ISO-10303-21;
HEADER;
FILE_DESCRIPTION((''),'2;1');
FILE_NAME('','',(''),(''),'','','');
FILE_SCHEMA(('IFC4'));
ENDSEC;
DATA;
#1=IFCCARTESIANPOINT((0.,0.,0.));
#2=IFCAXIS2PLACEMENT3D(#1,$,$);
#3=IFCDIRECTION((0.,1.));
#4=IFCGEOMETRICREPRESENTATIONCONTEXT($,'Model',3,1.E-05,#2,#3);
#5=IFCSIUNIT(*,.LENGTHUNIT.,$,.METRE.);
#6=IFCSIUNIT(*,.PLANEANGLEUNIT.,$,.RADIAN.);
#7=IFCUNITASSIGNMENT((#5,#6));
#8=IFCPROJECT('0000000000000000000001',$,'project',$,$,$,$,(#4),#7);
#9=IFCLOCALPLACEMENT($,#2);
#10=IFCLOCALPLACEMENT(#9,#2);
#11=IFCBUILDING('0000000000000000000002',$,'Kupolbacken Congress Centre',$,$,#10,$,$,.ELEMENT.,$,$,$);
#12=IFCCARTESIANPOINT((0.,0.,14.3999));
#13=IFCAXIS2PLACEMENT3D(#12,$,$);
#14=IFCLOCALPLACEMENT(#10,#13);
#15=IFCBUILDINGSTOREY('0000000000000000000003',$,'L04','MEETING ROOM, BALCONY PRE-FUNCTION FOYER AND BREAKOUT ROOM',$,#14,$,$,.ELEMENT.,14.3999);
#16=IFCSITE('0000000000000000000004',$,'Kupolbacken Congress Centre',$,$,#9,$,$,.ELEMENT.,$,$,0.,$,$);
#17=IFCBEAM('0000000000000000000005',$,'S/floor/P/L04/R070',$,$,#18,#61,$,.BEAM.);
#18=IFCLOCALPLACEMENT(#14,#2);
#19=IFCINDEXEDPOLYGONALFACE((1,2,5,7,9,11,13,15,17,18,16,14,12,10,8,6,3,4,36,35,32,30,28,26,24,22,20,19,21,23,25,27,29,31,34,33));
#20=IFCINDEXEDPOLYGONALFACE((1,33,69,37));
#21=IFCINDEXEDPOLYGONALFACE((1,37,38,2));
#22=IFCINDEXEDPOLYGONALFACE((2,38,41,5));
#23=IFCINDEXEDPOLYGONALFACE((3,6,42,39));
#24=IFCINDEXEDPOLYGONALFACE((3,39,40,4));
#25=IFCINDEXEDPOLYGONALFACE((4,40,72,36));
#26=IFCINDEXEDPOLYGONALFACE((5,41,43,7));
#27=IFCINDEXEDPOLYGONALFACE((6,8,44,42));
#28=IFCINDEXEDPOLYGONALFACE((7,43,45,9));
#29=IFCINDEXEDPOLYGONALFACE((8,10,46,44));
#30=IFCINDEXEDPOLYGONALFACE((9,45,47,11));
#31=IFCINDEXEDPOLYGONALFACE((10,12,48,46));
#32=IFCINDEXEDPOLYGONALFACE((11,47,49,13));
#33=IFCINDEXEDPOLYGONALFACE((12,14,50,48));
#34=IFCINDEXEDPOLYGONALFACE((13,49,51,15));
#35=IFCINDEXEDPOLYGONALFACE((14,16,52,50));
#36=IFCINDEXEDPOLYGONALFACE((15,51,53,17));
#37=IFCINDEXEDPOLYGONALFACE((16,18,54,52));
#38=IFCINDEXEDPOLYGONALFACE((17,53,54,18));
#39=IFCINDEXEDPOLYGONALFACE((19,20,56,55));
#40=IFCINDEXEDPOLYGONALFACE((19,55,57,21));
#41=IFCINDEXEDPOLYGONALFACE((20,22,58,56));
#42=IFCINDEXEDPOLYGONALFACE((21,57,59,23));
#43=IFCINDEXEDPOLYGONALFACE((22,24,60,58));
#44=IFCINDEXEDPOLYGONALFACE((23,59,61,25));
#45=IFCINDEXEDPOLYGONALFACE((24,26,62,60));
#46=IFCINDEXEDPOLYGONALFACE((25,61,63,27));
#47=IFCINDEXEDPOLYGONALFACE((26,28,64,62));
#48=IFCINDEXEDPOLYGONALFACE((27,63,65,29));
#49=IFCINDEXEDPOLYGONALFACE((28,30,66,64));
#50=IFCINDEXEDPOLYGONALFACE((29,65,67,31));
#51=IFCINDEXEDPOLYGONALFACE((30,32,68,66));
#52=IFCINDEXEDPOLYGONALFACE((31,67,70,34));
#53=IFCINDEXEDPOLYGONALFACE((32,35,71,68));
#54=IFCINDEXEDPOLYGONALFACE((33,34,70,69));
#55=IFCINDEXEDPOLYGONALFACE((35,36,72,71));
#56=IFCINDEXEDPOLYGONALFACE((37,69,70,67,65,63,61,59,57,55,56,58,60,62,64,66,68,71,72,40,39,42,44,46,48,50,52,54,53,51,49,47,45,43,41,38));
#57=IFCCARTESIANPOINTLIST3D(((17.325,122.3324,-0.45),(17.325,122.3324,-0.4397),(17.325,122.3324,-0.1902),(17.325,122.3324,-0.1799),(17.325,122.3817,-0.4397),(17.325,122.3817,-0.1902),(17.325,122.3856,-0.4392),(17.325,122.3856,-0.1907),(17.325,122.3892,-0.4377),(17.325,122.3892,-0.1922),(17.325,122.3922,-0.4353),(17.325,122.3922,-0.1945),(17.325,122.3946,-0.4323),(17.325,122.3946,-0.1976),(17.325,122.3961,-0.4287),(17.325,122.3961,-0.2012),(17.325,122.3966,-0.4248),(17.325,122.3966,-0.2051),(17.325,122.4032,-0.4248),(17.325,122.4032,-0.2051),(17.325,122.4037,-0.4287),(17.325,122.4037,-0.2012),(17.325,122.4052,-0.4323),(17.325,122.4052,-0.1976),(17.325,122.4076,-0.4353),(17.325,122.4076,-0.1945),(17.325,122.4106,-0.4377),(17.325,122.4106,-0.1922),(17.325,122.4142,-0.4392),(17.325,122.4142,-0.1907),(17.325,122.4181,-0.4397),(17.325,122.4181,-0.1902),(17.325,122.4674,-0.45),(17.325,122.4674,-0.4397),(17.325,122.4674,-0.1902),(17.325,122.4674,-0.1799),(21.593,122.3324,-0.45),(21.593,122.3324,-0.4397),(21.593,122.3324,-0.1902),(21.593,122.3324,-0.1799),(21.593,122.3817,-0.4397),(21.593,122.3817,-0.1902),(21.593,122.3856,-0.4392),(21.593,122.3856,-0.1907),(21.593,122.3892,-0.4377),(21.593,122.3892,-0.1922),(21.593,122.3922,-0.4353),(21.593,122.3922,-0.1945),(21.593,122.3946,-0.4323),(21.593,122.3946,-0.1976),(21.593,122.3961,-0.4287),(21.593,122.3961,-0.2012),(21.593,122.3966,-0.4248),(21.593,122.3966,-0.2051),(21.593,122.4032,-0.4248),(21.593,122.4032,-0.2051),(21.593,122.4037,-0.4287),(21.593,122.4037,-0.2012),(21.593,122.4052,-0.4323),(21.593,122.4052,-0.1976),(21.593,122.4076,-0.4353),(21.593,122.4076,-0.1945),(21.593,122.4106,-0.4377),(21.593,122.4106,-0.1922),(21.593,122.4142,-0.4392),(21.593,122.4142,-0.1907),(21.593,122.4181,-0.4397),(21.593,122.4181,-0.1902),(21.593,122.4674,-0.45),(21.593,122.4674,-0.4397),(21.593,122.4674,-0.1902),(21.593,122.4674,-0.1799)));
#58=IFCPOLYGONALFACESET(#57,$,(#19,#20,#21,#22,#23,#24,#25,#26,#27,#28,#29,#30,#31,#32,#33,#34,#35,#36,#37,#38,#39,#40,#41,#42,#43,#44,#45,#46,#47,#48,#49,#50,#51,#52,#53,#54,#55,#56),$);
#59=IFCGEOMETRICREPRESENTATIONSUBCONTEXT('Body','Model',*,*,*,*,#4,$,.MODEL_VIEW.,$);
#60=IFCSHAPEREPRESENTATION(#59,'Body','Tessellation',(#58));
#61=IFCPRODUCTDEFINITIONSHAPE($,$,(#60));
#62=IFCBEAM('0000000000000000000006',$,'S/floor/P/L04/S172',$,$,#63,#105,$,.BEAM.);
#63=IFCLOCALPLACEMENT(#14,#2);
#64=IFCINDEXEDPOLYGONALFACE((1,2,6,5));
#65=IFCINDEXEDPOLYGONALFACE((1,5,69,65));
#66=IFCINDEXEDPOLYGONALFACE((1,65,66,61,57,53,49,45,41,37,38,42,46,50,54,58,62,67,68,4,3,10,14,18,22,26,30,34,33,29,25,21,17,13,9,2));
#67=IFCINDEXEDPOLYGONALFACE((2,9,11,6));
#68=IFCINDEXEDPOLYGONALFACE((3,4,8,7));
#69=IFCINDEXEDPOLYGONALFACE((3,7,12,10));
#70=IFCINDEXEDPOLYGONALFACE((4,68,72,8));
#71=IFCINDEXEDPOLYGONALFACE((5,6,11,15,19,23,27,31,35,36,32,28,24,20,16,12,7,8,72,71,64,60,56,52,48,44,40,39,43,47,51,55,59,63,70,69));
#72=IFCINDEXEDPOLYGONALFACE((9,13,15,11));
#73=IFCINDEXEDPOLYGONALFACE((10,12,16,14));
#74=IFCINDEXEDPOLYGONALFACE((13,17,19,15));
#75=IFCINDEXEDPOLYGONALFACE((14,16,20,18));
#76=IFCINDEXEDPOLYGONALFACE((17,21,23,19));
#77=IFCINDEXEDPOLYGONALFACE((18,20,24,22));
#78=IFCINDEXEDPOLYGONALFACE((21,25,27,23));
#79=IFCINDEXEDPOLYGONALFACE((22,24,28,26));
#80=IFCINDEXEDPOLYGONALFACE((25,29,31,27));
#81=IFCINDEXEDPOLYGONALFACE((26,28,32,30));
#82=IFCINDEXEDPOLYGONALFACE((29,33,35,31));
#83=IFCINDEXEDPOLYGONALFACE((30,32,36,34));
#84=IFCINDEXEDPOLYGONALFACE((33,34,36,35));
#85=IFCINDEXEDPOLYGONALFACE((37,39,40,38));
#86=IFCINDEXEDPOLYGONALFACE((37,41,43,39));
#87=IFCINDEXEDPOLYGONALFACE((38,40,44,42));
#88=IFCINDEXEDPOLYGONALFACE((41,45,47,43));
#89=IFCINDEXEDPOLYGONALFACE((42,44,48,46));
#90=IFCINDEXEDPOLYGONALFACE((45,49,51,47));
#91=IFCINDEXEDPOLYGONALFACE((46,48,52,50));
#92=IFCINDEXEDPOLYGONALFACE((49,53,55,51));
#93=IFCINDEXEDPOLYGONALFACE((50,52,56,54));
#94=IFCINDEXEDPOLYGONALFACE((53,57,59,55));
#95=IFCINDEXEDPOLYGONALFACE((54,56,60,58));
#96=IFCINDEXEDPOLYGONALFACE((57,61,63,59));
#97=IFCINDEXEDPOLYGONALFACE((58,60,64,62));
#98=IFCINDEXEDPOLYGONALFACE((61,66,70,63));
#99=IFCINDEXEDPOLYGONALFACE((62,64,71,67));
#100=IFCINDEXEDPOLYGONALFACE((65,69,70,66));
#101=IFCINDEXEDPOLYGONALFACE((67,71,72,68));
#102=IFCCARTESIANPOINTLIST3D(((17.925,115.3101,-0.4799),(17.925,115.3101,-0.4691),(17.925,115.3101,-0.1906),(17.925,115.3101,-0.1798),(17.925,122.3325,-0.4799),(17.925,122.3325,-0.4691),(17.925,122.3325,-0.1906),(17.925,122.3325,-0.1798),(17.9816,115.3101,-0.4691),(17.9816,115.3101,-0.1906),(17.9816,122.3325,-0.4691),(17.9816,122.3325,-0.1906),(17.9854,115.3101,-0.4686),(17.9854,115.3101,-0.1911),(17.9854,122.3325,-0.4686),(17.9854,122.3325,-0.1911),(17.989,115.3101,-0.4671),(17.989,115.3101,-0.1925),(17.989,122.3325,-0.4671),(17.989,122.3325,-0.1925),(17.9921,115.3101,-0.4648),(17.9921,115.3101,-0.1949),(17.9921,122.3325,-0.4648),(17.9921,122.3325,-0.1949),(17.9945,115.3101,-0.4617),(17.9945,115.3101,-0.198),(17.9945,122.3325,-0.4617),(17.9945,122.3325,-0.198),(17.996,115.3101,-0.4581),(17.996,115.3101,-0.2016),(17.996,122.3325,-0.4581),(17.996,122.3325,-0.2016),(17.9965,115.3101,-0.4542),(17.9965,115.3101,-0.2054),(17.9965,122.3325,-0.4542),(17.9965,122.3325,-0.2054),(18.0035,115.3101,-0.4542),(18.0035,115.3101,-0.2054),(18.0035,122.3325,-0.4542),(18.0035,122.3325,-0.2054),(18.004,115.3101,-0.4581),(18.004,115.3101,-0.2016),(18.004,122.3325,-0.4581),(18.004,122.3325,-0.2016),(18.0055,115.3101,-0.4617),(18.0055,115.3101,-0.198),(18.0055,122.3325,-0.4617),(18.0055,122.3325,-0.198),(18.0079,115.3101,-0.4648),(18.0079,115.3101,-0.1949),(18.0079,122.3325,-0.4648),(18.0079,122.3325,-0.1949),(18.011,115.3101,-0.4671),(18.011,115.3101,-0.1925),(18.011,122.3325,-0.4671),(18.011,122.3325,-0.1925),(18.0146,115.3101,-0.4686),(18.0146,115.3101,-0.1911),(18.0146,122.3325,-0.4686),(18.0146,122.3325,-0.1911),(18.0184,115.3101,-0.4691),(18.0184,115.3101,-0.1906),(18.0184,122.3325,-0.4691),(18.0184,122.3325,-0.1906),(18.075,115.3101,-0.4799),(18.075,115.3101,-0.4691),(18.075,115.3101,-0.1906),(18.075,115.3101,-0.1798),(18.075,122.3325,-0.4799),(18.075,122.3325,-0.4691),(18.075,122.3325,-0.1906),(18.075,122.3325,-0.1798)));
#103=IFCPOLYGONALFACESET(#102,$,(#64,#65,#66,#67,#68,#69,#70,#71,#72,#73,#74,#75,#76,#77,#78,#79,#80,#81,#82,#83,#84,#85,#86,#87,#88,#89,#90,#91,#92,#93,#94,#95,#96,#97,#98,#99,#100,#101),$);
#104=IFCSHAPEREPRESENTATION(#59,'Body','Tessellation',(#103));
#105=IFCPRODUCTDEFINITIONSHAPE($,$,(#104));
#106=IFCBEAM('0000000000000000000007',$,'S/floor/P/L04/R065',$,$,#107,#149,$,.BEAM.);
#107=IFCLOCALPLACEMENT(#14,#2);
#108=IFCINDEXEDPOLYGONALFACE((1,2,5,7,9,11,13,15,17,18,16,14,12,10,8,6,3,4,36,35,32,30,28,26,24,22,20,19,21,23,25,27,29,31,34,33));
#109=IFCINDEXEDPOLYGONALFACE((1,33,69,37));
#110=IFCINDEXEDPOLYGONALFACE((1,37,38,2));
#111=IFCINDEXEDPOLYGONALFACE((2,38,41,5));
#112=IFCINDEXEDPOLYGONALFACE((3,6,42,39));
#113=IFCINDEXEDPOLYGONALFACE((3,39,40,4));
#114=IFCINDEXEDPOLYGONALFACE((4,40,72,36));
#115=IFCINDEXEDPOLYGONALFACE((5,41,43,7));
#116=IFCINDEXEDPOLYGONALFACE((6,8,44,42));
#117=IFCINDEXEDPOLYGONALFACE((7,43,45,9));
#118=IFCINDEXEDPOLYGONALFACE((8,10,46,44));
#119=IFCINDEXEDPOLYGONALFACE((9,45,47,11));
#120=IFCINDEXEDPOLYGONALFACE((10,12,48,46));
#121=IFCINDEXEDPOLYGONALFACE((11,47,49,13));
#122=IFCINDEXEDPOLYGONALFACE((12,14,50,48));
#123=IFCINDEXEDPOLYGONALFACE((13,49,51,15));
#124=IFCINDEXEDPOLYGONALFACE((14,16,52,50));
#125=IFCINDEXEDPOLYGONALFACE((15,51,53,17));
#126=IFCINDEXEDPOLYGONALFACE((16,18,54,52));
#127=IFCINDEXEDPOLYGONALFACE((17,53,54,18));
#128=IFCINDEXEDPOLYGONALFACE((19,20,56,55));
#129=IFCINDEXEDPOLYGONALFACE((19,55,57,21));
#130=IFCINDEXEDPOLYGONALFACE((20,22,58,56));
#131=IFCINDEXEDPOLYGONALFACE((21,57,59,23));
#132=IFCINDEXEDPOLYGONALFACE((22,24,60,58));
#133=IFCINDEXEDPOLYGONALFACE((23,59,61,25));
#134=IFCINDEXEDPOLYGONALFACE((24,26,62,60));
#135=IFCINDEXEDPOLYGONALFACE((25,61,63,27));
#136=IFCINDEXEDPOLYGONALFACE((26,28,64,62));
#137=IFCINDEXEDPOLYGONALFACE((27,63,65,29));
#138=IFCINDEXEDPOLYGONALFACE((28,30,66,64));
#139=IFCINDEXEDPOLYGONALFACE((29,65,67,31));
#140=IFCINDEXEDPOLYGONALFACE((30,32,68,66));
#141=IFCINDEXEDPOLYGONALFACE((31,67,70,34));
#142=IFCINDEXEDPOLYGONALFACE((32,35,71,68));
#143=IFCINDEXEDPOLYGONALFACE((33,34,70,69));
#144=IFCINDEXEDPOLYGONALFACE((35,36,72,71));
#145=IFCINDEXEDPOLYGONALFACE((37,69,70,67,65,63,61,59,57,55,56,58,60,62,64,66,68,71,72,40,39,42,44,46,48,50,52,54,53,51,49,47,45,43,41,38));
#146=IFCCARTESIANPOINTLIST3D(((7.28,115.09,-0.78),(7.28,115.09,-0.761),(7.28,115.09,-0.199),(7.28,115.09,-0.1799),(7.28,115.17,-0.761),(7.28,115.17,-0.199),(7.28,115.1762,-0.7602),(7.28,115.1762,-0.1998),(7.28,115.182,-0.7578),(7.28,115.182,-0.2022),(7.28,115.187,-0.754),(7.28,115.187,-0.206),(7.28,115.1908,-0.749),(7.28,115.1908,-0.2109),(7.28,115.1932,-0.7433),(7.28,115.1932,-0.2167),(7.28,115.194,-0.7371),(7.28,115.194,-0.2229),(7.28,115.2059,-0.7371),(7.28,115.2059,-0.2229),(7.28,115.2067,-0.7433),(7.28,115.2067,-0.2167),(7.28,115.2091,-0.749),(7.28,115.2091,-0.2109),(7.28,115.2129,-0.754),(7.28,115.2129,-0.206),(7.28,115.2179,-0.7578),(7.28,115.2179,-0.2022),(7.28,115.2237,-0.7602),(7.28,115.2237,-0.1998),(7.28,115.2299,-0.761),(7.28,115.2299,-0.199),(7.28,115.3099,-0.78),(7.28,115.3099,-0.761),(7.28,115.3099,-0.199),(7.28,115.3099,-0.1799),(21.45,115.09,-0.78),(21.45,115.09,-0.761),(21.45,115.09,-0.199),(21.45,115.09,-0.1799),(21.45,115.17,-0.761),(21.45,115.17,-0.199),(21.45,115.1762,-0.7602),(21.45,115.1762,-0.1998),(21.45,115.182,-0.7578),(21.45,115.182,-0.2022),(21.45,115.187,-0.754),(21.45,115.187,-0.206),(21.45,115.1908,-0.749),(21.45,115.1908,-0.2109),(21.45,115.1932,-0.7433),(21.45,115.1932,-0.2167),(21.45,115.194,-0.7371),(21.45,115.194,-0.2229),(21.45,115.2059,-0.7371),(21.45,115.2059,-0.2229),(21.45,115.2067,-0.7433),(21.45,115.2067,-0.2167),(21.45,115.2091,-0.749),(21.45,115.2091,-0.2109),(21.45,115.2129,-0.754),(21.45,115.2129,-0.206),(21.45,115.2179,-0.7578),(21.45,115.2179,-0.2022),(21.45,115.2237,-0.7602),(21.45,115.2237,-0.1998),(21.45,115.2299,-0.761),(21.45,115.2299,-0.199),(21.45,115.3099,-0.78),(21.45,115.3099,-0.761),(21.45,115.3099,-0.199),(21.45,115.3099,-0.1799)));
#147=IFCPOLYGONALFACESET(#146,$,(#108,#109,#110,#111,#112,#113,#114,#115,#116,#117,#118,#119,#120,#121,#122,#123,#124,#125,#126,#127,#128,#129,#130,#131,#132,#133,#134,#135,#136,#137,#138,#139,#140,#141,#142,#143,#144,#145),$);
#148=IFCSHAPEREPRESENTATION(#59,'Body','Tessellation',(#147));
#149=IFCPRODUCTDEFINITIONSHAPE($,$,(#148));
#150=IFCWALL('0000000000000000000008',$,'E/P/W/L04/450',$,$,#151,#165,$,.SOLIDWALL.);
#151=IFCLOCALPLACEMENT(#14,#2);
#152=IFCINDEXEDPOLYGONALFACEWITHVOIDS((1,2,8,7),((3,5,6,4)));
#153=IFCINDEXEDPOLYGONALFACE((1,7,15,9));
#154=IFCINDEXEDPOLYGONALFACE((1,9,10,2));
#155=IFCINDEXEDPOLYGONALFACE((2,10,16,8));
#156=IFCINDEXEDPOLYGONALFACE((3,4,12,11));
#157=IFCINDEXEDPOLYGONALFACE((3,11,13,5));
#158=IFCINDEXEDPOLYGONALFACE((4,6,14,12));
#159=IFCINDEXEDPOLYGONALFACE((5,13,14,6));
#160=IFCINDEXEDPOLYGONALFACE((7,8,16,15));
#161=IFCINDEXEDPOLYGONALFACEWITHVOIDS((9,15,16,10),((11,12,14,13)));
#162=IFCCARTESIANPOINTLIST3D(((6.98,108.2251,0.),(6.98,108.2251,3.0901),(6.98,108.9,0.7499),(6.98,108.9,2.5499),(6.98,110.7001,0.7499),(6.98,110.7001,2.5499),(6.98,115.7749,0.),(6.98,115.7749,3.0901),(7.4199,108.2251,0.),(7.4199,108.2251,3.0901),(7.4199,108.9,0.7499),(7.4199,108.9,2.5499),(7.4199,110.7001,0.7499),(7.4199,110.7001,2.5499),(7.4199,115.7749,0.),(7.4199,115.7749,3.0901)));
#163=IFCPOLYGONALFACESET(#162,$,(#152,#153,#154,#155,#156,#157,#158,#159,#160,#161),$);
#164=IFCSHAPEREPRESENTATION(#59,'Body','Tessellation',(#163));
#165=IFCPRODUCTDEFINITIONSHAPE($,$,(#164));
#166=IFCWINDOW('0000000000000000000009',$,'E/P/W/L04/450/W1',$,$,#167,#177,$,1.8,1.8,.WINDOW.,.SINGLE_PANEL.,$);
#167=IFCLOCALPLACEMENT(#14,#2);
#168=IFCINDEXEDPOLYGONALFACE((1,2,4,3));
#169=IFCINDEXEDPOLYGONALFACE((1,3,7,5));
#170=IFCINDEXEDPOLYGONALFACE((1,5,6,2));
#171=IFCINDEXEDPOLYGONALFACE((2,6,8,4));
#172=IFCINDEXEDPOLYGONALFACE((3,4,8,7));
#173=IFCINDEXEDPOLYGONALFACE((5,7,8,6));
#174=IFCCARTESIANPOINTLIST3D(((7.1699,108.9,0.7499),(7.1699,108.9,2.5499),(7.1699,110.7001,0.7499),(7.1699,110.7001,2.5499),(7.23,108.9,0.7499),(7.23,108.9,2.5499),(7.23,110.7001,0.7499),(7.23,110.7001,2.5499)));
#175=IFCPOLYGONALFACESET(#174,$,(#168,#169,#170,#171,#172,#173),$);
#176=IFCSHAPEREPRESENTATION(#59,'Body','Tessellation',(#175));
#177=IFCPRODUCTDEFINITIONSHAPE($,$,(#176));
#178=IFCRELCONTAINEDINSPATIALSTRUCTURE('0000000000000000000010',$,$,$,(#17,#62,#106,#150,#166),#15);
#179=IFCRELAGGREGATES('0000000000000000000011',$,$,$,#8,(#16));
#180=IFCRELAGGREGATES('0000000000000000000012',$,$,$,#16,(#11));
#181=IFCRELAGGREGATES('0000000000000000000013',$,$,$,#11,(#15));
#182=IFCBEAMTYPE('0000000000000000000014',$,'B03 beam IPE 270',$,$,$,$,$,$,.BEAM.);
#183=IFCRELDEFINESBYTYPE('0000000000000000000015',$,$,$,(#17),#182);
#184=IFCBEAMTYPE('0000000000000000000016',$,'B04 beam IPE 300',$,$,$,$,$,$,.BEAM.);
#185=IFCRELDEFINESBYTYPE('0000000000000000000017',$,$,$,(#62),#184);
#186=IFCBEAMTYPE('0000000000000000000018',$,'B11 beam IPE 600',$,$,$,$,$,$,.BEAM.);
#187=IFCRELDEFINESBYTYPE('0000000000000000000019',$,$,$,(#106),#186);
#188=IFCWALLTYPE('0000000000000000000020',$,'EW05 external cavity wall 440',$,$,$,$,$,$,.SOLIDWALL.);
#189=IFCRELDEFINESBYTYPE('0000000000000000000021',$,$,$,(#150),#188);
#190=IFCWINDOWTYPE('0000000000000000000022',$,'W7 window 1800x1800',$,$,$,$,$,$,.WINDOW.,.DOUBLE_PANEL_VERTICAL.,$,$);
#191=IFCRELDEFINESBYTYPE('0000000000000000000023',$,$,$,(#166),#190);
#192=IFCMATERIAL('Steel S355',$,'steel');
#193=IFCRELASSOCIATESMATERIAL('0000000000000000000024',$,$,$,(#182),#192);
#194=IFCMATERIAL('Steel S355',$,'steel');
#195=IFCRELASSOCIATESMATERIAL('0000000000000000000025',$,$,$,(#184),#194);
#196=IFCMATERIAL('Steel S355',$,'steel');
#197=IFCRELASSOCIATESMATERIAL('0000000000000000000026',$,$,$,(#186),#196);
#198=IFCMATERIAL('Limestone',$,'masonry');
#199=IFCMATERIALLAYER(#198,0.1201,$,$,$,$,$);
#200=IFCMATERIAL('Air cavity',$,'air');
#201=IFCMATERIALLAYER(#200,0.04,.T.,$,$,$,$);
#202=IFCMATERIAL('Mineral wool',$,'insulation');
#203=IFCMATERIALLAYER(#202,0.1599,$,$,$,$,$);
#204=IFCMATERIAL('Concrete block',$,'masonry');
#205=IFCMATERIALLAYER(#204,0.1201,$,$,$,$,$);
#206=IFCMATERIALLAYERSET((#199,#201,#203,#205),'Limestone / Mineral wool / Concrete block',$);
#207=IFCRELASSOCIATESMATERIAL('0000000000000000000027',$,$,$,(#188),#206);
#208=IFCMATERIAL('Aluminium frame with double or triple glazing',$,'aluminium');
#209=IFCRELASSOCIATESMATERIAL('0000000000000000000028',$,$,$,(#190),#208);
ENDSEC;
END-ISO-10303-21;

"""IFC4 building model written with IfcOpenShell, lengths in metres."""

from ifc_helpers import new_model, si_unit, direction, frame, frame_2d, origin, origin_2d, place, context, subcontext, project, spatial, rectangle, i_section, extrude, material, layer, layer_set, material_profile, profile_set, type_object, element, fill, save


model = new_model("IFC4")

# Units and contexts
model_context = context("Model", 3, precision=1e-05, world=origin(), true_north=direction((0.0, 1.0)))
body_context = subcontext(model_context, "Body", "Model", "MODEL_VIEW")
ifc_project = project(units=[si_unit("LENGTHUNIT", "METRE"), si_unit("PLANEANGLEUNIT", "RADIAN")], contexts=[model_context])

# Site, building, storey
site_placement = place(None, origin())
site = spatial("IfcSite", under=ifc_project, at=site_placement, Name="Kupolbacken Congress Centre", CompositionType="ELEMENT", RefElevation=0.0)
building_placement = place(site_placement, origin())
building = spatial("IfcBuilding", under=site, at=building_placement, Name="Kupolbacken Congress Centre", CompositionType="ELEMENT")
storey_placement = place(building_placement, frame((0.0, 0.0, 14.3999)))
storey = spatial("IfcBuildingStorey", under=building, at=storey_placement, Name="L04", Description="MEETING ROOM, BALCONY PRE-FUNCTION FOYER AND BREAKOUT ROOM", CompositionType="ELEMENT", Elevation=14.3999)

# Beams
ifc_material_1 = material(Name="Steel S355", Category="steel")
ifc_material_profile_1 = material_profile(ifc_material_1, i_section(OverallWidth=0.135, OverallDepth=0.27, WebThickness=0.0066, FlangeThickness=0.0103, FilletRadius=0.0149, at=origin_2d()), Name="IPE 270")
ifc_profile_set_1 = profile_set([ifc_material_profile_1], Name="Steel S355")
beam_type_1 = type_object("IfcBeamType", Name="B03 beam IPE 270", PredefinedType="BEAM", material=ifc_profile_set_1)
beam_1_placement = place(storey_placement, frame((17.325, 122.3999, -0.3149), z_axis=(1.0, 0.0, 0.0), x_axis=(0.0, 1.0, 0.0)))
element("IfcBeam", 1, at=beam_1_placement, inside=storey, type_object=beam_type_1, Name="S/floor/P/L04/R070", PredefinedType="BEAM", context=body_context, shape_type="SweptSolid", body=[
    extrude(i_section(OverallWidth=0.135, OverallDepth=0.27, WebThickness=0.0066, FlangeThickness=0.0103, FilletRadius=0.0149, at=origin_2d()), origin(), (0.0, 0.0, 1.0), 4.2681),
])
ifc_material_2 = material(Name="Steel S355", Category="steel")
ifc_material_profile_2 = material_profile(ifc_material_2, i_section(OverallWidth=0.1499, OverallDepth=0.3, WebThickness=0.0071, FlangeThickness=0.0107, FilletRadius=0.0149, at=origin_2d()), Name="IPE 300")
ifc_profile_set_2 = profile_set([ifc_material_profile_2], Name="Steel S355")
beam_type_2 = type_object("IfcBeamType", Name="B04 beam IPE 300", PredefinedType="BEAM", material=ifc_profile_set_2)
beam_2_placement = place(storey_placement, frame((18.0, 115.3101, -0.3298), z_axis=(0.0, 1.0, 0.0), x_axis=(-1.0, 0.0, 0.0)))
element("IfcBeam", 2, at=beam_2_placement, inside=storey, type_object=beam_type_2, Name="S/floor/P/L04/S172", PredefinedType="BEAM", context=body_context, shape_type="SweptSolid", body=[
    extrude(i_section(OverallWidth=0.1499, OverallDepth=0.3, WebThickness=0.0071, FlangeThickness=0.0107, FilletRadius=0.0149, at=origin_2d()), origin(), (0.0, 0.0, 1.0), 7.0225),
])
ifc_material_3 = material(Name="Steel S355", Category="steel")
ifc_material_profile_3 = material_profile(ifc_material_3, i_section(OverallWidth=0.22, OverallDepth=0.6001, WebThickness=0.012, FlangeThickness=0.019, FilletRadius=0.0239, at=origin_2d()), Name="IPE 600")
ifc_profile_set_3 = profile_set([ifc_material_profile_3], Name="Steel S355")
beam_type_3 = type_object("IfcBeamType", Name="B11 beam IPE 600", PredefinedType="BEAM", material=ifc_profile_set_3)
beam_3_placement = place(storey_placement, frame((7.28, 115.2, -0.48), z_axis=(1.0, 0.0, 0.0), x_axis=(0.0, 1.0, 0.0)))
element("IfcBeam", 3, at=beam_3_placement, inside=storey, type_object=beam_type_3, Name="S/floor/P/L04/R065", PredefinedType="BEAM", context=body_context, shape_type="SweptSolid", body=[
    extrude(i_section(OverallWidth=0.22, OverallDepth=0.6001, WebThickness=0.012, FlangeThickness=0.019, FilletRadius=0.0239, at=origin_2d()), origin(), (0.0, 0.0, 1.0), 14.1699),
])

# Wall, opening, window
ifc_material_4 = material(Name="Limestone", Category="masonry")
ifc_layer_1 = layer(ifc_material_4, 0.1201)
ifc_material_5 = material(Name="Air cavity", Category="air")
ifc_layer_2 = layer(ifc_material_5, 0.04, ventilated=True)
ifc_material_6 = material(Name="Mineral wool", Category="insulation")
ifc_layer_3 = layer(ifc_material_6, 0.1599)
ifc_material_7 = material(Name="Concrete block", Category="masonry")
ifc_layer_4 = layer(ifc_material_7, 0.1201)
ifc_layer_set_1 = layer_set([ifc_layer_1, ifc_layer_2, ifc_layer_3, ifc_layer_4], Name="Limestone / Mineral wool / Concrete block")
wall_type_1 = type_object("IfcWallType", Name="EW05 external cavity wall 440", PredefinedType="SOLIDWALL", material=ifc_layer_set_1)
wall_1_placement = place(storey_placement, frame((7.2, 115.7749, 0.0), z_axis=(0.0, 0.0, 1.0), x_axis=(0.0, -1.0, 0.0)))
wall_1 = element("IfcWall", 4, at=wall_1_placement, inside=storey, type_object=wall_type_1, Name="E/P/W/L04/450", PredefinedType="SOLIDWALL", context=body_context, shape_type="SweptSolid", body=[
    extrude(rectangle(XDim=7.5498, YDim=0.4399, at=frame_2d((3.7749, 0.0))), origin(), (0.0, 0.0, 1.0), 3.0901),
])
opening_1_placement = place(wall_1_placement, frame((5.075, 0.0, 0.75)))
opening_1 = element("IfcOpeningElement", 5, at=opening_1_placement, cuts=wall_1, PredefinedType="OPENING", context=body_context, shape_type="SweptSolid", body=[
    extrude(rectangle(XDim=1.8, YDim=1.8, at=frame_2d((0.8999, 0.8999))), frame((0.0, 0.23, 0.0), z_axis=(0.0, -1.0, 0.0), x_axis=(1.0, 0.0, 0.0)), (0.0, 0.0, 1.0), 0.46),
])
ifc_material_8 = material(Name="Aluminium frame with double or triple glazing", Category="aluminium")
window_type_1 = type_object("IfcWindowType", Name="W7 window 1800x1800", PartitioningType="DOUBLE_PANEL_VERTICAL", PredefinedType="WINDOW", material=ifc_material_8)
window_1_placement = place(opening_1_placement, origin())
window_1 = element("IfcWindow", 6, at=window_1_placement, inside=storey, type_object=window_type_1, Name="E/P/W/L04/450/W1", OverallHeight=1.8, OverallWidth=1.8, PartitioningType="SINGLE_PANEL", PredefinedType="WINDOW", context=body_context, shape_type="SweptSolid", body=[
    extrude(rectangle(XDim=1.8, YDim=1.8, at=frame_2d((0.8999, 0.8999))), frame((0.0, 0.03, 0.0), z_axis=(0.0, -1.0, 0.0), x_axis=(1.0, 0.0, 0.0)), (0.0, 0.0, 1.0), 0.0601),
])
fill(opening_1, window_1)

save(model, "model.ifc")
